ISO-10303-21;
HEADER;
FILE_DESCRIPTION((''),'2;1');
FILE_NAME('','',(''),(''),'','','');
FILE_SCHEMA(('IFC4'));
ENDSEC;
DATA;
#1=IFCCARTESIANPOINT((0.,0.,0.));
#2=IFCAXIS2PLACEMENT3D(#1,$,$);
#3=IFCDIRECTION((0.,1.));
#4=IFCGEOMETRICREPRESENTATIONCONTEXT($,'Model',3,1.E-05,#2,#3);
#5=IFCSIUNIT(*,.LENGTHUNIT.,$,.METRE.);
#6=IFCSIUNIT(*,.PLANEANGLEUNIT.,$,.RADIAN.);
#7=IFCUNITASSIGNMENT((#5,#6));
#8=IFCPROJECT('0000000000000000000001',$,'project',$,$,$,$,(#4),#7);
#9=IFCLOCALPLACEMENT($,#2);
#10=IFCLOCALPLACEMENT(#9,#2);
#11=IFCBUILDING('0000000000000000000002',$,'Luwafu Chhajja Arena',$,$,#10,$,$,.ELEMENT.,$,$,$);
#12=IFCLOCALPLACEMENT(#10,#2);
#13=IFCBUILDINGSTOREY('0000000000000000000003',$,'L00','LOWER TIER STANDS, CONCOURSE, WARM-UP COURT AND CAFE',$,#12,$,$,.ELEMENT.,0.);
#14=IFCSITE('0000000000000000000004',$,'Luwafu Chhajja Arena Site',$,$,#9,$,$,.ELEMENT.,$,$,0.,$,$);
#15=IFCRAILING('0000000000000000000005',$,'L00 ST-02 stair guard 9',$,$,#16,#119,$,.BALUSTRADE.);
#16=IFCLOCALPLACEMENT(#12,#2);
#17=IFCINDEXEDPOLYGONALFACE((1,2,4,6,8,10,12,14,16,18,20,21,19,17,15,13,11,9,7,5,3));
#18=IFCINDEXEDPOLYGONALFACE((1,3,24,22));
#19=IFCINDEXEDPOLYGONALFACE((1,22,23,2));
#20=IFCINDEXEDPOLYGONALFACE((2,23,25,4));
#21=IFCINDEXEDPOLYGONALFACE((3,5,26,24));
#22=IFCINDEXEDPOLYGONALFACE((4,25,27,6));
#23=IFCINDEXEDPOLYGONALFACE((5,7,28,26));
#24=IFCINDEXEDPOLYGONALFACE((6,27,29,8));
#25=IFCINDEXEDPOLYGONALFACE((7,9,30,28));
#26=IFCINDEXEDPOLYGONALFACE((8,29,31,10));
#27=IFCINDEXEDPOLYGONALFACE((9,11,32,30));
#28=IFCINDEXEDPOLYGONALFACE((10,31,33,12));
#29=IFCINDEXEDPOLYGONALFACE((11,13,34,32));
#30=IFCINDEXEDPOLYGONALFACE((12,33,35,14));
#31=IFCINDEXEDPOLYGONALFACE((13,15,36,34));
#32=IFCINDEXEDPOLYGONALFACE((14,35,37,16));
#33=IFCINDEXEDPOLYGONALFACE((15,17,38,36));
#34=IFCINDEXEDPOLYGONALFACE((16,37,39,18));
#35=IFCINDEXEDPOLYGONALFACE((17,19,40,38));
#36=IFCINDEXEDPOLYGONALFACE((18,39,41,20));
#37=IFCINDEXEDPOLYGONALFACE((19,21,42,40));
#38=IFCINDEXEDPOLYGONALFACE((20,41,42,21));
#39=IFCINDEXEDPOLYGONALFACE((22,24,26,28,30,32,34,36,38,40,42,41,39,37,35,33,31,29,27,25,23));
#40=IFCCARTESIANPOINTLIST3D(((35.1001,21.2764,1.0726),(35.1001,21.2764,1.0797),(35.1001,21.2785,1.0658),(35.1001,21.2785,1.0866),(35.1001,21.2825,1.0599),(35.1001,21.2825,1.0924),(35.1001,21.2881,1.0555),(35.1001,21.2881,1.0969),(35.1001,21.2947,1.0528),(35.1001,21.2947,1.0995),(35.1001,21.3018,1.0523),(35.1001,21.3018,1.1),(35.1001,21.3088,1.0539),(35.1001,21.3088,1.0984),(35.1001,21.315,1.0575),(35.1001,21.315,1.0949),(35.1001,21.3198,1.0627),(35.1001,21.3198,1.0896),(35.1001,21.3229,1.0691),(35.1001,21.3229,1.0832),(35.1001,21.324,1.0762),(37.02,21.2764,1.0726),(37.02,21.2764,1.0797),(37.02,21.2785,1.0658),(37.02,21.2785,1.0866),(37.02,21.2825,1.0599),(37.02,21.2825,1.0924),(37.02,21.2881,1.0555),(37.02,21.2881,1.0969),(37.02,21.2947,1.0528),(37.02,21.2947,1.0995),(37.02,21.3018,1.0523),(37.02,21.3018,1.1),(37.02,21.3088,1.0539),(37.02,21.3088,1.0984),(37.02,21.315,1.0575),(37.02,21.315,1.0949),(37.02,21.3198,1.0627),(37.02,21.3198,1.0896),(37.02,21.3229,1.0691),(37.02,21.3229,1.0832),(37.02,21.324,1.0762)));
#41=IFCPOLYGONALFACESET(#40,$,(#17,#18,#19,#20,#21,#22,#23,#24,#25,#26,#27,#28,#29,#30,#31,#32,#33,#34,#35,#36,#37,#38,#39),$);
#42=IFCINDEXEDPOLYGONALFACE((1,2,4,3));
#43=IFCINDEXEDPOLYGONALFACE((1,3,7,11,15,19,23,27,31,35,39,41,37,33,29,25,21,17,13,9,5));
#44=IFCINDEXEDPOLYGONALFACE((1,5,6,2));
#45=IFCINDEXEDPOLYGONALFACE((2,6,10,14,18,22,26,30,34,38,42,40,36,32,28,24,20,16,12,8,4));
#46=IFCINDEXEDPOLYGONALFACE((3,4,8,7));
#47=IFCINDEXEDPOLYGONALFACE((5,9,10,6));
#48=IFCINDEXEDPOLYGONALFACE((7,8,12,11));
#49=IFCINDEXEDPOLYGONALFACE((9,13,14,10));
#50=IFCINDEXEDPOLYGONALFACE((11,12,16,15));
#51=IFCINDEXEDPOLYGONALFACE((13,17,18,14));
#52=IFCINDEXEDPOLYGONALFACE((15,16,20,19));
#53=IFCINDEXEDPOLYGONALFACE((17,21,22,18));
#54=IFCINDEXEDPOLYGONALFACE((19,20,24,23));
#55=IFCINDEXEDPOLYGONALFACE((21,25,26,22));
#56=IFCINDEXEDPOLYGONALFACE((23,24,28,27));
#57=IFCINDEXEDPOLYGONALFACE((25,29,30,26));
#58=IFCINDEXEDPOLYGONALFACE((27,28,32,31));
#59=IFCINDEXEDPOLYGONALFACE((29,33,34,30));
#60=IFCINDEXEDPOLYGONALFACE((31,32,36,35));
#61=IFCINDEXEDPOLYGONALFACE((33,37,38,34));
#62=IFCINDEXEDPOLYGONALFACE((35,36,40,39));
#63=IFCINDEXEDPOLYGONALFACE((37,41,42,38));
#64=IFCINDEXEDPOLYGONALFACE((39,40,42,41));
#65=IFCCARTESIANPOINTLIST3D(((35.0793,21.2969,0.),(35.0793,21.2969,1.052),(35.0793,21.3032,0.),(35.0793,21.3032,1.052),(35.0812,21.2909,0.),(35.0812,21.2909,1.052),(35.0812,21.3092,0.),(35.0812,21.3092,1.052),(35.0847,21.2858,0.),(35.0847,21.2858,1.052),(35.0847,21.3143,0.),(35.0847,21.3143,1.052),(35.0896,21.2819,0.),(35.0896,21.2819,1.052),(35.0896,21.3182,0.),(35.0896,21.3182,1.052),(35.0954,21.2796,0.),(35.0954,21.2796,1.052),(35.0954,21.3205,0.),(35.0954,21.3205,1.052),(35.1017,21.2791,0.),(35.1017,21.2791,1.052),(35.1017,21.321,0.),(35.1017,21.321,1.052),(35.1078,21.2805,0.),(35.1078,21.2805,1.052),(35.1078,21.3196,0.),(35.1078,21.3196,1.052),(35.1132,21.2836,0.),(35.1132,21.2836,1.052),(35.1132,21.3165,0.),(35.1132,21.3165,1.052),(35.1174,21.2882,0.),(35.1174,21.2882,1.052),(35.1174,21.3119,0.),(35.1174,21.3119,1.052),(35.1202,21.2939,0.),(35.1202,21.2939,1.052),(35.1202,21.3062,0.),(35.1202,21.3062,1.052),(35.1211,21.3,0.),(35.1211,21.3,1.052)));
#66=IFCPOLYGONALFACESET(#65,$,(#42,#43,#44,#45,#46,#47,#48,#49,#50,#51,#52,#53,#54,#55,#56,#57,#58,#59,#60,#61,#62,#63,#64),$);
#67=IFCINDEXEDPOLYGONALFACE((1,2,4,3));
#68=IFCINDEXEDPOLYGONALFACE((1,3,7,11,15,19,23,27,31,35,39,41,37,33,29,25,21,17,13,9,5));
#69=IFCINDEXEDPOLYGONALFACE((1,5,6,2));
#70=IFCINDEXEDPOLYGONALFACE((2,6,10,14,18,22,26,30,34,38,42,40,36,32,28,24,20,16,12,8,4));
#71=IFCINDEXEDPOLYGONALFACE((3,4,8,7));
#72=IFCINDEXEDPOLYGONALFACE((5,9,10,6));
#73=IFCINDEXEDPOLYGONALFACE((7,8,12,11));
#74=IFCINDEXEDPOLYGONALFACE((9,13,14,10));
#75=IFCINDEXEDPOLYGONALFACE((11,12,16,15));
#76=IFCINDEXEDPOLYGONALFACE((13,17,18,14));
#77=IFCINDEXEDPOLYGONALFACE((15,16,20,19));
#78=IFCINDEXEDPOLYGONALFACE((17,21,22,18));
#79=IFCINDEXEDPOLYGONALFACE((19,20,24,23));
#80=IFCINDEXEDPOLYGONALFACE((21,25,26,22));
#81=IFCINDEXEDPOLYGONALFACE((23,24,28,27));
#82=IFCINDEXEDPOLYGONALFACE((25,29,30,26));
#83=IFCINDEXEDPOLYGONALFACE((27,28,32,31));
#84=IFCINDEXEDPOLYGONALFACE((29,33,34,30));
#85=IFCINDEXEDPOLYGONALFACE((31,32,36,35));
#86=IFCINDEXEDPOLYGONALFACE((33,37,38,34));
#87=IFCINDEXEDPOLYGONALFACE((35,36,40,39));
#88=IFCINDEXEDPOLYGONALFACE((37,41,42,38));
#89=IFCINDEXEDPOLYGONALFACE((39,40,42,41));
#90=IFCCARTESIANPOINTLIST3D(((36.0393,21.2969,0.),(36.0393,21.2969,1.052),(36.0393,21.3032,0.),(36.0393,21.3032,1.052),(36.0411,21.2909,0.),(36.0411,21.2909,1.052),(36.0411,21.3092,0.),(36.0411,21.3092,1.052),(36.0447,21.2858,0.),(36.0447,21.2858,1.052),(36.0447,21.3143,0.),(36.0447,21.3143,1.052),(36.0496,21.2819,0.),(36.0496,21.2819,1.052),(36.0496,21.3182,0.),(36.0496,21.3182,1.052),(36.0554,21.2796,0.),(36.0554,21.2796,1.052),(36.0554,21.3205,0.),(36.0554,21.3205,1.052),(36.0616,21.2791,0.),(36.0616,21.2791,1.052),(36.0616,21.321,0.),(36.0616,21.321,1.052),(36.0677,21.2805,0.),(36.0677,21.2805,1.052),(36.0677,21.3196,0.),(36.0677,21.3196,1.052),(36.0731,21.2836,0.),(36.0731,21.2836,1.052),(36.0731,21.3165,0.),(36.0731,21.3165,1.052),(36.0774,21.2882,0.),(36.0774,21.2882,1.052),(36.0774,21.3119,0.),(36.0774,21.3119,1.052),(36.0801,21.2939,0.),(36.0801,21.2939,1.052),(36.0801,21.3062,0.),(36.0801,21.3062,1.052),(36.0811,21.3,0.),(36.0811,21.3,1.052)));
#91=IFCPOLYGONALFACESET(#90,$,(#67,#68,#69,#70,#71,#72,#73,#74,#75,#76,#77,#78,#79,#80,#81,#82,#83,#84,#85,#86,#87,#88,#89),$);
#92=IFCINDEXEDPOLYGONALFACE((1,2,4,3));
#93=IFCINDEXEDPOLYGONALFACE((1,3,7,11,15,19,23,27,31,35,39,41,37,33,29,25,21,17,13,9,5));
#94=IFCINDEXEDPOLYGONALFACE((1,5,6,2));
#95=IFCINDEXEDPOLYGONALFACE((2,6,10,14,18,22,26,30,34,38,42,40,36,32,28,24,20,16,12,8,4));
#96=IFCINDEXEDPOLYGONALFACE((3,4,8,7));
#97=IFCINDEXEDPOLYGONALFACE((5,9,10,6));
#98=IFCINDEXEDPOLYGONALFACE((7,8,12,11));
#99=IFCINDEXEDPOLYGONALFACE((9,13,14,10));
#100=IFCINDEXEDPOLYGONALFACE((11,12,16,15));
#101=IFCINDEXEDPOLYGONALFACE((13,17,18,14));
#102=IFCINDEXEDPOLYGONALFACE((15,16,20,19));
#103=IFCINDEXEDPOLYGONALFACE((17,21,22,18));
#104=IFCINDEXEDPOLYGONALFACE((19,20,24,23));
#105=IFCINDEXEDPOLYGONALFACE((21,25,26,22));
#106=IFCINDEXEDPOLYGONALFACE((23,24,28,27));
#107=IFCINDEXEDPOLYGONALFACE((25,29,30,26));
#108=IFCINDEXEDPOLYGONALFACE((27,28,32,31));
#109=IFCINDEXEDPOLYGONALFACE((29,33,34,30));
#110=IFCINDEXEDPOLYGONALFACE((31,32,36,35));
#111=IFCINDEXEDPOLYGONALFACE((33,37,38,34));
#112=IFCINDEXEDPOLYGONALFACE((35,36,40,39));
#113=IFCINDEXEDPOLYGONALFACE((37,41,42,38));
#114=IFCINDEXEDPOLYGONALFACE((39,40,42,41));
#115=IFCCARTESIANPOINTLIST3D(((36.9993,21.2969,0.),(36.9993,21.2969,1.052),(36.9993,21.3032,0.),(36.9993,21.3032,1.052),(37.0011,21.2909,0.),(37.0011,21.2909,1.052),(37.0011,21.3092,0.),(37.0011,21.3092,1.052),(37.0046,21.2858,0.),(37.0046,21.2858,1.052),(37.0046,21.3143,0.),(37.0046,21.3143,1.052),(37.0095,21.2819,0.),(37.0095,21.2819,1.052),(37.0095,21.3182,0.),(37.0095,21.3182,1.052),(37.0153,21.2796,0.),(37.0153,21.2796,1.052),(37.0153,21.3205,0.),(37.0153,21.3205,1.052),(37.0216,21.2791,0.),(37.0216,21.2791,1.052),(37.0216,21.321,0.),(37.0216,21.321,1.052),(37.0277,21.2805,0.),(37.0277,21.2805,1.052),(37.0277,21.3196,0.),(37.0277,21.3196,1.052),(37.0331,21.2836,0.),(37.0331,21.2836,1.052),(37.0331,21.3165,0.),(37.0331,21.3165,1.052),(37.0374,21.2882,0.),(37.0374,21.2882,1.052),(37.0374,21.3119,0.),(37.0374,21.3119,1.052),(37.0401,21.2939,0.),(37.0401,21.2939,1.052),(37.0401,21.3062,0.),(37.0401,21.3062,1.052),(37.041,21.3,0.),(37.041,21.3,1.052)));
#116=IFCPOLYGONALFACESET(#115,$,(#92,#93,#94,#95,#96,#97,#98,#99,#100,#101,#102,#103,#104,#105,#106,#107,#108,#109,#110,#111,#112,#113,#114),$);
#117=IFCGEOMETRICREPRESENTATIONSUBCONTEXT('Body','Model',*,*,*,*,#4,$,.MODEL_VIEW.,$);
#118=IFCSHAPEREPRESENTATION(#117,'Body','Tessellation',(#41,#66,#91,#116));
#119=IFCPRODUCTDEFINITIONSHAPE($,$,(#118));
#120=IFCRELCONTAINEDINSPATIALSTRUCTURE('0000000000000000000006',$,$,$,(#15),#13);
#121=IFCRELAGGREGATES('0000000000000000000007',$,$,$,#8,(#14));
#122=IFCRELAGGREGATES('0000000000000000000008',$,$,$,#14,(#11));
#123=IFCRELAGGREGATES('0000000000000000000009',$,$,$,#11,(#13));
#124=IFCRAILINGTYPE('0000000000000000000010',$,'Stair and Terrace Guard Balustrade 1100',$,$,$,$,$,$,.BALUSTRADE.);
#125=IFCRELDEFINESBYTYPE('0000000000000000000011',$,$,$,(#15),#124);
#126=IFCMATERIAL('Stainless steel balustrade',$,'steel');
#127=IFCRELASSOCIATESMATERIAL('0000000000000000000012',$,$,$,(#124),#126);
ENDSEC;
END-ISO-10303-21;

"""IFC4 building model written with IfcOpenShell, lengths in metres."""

from ifc_helpers import new_model, si_unit, direction, frame, origin, origin_2d, place, context, subcontext, project, spatial, circle, extrude, material, type_object, element, save


model = new_model("IFC4")

# Units and contexts
model_context = context("Model", 3, precision=1e-05, world=origin(), true_north=direction((0.0, 1.0)))
body_context = subcontext(model_context, "Body", "Model", "MODEL_VIEW")
ifc_project = project(units=[si_unit("LENGTHUNIT", "METRE"), si_unit("PLANEANGLEUNIT", "RADIAN")], contexts=[model_context])

# Site, building, storey
site_placement = place(None, origin())
site = spatial("IfcSite", under=ifc_project, at=site_placement, Name="Luwafu Chhajja Arena Site", CompositionType="ELEMENT", RefElevation=0.0)
building_placement = place(site_placement, origin())
building = spatial("IfcBuilding", under=site, at=building_placement, Name="Luwafu Chhajja Arena", CompositionType="ELEMENT")
storey_placement = place(building_placement, origin())
storey = spatial("IfcBuildingStorey", under=building, at=storey_placement, Name="L00", Description="LOWER TIER STANDS, CONCOURSE, WARM-UP COURT AND CAFE", CompositionType="ELEMENT", Elevation=0.0)

# Railing
ifc_material_1 = material(Name="Stainless steel balustrade", Category="steel")
railing_type_1 = type_object("IfcRailingType", Name="Stair and Terrace Guard Balustrade 1100", PredefinedType="BALUSTRADE", material=ifc_material_1)
for number, where, name in (
    (1, (35.1001, 21.3, 0.0), "L00 ST-02 stair guard 9"),
):
    element("IfcRailing", number, at=place(storey_placement, frame(where)), inside=storey, type_object=railing_type_1, Name=name, PredefinedType="BALUSTRADE", context=body_context, shape_type="SweptSolid", body=[
        extrude(circle(Radius=0.0239, at=origin_2d()), frame((0.0, 0.0, 1.0762), z_axis=(1.0, 0.0, 0.0), x_axis=(0.0, 1.0, 0.0)), (0.0, 0.0, 1.0), 1.9199),
        extrude(circle(Radius=0.021, at=origin_2d()), origin(), (0.0, 0.0, 1.0), 1.052),
        extrude(circle(Radius=0.021, at=origin_2d()), frame((0.96, 0.0, 0.0)), (0.0, 0.0, 1.0), 1.052),
        extrude(circle(Radius=0.021, at=origin_2d()), frame((1.9199, 0.0, 0.0)), (0.0, 0.0, 1.0), 1.052),
    ])

save(model, "model.ifc")
